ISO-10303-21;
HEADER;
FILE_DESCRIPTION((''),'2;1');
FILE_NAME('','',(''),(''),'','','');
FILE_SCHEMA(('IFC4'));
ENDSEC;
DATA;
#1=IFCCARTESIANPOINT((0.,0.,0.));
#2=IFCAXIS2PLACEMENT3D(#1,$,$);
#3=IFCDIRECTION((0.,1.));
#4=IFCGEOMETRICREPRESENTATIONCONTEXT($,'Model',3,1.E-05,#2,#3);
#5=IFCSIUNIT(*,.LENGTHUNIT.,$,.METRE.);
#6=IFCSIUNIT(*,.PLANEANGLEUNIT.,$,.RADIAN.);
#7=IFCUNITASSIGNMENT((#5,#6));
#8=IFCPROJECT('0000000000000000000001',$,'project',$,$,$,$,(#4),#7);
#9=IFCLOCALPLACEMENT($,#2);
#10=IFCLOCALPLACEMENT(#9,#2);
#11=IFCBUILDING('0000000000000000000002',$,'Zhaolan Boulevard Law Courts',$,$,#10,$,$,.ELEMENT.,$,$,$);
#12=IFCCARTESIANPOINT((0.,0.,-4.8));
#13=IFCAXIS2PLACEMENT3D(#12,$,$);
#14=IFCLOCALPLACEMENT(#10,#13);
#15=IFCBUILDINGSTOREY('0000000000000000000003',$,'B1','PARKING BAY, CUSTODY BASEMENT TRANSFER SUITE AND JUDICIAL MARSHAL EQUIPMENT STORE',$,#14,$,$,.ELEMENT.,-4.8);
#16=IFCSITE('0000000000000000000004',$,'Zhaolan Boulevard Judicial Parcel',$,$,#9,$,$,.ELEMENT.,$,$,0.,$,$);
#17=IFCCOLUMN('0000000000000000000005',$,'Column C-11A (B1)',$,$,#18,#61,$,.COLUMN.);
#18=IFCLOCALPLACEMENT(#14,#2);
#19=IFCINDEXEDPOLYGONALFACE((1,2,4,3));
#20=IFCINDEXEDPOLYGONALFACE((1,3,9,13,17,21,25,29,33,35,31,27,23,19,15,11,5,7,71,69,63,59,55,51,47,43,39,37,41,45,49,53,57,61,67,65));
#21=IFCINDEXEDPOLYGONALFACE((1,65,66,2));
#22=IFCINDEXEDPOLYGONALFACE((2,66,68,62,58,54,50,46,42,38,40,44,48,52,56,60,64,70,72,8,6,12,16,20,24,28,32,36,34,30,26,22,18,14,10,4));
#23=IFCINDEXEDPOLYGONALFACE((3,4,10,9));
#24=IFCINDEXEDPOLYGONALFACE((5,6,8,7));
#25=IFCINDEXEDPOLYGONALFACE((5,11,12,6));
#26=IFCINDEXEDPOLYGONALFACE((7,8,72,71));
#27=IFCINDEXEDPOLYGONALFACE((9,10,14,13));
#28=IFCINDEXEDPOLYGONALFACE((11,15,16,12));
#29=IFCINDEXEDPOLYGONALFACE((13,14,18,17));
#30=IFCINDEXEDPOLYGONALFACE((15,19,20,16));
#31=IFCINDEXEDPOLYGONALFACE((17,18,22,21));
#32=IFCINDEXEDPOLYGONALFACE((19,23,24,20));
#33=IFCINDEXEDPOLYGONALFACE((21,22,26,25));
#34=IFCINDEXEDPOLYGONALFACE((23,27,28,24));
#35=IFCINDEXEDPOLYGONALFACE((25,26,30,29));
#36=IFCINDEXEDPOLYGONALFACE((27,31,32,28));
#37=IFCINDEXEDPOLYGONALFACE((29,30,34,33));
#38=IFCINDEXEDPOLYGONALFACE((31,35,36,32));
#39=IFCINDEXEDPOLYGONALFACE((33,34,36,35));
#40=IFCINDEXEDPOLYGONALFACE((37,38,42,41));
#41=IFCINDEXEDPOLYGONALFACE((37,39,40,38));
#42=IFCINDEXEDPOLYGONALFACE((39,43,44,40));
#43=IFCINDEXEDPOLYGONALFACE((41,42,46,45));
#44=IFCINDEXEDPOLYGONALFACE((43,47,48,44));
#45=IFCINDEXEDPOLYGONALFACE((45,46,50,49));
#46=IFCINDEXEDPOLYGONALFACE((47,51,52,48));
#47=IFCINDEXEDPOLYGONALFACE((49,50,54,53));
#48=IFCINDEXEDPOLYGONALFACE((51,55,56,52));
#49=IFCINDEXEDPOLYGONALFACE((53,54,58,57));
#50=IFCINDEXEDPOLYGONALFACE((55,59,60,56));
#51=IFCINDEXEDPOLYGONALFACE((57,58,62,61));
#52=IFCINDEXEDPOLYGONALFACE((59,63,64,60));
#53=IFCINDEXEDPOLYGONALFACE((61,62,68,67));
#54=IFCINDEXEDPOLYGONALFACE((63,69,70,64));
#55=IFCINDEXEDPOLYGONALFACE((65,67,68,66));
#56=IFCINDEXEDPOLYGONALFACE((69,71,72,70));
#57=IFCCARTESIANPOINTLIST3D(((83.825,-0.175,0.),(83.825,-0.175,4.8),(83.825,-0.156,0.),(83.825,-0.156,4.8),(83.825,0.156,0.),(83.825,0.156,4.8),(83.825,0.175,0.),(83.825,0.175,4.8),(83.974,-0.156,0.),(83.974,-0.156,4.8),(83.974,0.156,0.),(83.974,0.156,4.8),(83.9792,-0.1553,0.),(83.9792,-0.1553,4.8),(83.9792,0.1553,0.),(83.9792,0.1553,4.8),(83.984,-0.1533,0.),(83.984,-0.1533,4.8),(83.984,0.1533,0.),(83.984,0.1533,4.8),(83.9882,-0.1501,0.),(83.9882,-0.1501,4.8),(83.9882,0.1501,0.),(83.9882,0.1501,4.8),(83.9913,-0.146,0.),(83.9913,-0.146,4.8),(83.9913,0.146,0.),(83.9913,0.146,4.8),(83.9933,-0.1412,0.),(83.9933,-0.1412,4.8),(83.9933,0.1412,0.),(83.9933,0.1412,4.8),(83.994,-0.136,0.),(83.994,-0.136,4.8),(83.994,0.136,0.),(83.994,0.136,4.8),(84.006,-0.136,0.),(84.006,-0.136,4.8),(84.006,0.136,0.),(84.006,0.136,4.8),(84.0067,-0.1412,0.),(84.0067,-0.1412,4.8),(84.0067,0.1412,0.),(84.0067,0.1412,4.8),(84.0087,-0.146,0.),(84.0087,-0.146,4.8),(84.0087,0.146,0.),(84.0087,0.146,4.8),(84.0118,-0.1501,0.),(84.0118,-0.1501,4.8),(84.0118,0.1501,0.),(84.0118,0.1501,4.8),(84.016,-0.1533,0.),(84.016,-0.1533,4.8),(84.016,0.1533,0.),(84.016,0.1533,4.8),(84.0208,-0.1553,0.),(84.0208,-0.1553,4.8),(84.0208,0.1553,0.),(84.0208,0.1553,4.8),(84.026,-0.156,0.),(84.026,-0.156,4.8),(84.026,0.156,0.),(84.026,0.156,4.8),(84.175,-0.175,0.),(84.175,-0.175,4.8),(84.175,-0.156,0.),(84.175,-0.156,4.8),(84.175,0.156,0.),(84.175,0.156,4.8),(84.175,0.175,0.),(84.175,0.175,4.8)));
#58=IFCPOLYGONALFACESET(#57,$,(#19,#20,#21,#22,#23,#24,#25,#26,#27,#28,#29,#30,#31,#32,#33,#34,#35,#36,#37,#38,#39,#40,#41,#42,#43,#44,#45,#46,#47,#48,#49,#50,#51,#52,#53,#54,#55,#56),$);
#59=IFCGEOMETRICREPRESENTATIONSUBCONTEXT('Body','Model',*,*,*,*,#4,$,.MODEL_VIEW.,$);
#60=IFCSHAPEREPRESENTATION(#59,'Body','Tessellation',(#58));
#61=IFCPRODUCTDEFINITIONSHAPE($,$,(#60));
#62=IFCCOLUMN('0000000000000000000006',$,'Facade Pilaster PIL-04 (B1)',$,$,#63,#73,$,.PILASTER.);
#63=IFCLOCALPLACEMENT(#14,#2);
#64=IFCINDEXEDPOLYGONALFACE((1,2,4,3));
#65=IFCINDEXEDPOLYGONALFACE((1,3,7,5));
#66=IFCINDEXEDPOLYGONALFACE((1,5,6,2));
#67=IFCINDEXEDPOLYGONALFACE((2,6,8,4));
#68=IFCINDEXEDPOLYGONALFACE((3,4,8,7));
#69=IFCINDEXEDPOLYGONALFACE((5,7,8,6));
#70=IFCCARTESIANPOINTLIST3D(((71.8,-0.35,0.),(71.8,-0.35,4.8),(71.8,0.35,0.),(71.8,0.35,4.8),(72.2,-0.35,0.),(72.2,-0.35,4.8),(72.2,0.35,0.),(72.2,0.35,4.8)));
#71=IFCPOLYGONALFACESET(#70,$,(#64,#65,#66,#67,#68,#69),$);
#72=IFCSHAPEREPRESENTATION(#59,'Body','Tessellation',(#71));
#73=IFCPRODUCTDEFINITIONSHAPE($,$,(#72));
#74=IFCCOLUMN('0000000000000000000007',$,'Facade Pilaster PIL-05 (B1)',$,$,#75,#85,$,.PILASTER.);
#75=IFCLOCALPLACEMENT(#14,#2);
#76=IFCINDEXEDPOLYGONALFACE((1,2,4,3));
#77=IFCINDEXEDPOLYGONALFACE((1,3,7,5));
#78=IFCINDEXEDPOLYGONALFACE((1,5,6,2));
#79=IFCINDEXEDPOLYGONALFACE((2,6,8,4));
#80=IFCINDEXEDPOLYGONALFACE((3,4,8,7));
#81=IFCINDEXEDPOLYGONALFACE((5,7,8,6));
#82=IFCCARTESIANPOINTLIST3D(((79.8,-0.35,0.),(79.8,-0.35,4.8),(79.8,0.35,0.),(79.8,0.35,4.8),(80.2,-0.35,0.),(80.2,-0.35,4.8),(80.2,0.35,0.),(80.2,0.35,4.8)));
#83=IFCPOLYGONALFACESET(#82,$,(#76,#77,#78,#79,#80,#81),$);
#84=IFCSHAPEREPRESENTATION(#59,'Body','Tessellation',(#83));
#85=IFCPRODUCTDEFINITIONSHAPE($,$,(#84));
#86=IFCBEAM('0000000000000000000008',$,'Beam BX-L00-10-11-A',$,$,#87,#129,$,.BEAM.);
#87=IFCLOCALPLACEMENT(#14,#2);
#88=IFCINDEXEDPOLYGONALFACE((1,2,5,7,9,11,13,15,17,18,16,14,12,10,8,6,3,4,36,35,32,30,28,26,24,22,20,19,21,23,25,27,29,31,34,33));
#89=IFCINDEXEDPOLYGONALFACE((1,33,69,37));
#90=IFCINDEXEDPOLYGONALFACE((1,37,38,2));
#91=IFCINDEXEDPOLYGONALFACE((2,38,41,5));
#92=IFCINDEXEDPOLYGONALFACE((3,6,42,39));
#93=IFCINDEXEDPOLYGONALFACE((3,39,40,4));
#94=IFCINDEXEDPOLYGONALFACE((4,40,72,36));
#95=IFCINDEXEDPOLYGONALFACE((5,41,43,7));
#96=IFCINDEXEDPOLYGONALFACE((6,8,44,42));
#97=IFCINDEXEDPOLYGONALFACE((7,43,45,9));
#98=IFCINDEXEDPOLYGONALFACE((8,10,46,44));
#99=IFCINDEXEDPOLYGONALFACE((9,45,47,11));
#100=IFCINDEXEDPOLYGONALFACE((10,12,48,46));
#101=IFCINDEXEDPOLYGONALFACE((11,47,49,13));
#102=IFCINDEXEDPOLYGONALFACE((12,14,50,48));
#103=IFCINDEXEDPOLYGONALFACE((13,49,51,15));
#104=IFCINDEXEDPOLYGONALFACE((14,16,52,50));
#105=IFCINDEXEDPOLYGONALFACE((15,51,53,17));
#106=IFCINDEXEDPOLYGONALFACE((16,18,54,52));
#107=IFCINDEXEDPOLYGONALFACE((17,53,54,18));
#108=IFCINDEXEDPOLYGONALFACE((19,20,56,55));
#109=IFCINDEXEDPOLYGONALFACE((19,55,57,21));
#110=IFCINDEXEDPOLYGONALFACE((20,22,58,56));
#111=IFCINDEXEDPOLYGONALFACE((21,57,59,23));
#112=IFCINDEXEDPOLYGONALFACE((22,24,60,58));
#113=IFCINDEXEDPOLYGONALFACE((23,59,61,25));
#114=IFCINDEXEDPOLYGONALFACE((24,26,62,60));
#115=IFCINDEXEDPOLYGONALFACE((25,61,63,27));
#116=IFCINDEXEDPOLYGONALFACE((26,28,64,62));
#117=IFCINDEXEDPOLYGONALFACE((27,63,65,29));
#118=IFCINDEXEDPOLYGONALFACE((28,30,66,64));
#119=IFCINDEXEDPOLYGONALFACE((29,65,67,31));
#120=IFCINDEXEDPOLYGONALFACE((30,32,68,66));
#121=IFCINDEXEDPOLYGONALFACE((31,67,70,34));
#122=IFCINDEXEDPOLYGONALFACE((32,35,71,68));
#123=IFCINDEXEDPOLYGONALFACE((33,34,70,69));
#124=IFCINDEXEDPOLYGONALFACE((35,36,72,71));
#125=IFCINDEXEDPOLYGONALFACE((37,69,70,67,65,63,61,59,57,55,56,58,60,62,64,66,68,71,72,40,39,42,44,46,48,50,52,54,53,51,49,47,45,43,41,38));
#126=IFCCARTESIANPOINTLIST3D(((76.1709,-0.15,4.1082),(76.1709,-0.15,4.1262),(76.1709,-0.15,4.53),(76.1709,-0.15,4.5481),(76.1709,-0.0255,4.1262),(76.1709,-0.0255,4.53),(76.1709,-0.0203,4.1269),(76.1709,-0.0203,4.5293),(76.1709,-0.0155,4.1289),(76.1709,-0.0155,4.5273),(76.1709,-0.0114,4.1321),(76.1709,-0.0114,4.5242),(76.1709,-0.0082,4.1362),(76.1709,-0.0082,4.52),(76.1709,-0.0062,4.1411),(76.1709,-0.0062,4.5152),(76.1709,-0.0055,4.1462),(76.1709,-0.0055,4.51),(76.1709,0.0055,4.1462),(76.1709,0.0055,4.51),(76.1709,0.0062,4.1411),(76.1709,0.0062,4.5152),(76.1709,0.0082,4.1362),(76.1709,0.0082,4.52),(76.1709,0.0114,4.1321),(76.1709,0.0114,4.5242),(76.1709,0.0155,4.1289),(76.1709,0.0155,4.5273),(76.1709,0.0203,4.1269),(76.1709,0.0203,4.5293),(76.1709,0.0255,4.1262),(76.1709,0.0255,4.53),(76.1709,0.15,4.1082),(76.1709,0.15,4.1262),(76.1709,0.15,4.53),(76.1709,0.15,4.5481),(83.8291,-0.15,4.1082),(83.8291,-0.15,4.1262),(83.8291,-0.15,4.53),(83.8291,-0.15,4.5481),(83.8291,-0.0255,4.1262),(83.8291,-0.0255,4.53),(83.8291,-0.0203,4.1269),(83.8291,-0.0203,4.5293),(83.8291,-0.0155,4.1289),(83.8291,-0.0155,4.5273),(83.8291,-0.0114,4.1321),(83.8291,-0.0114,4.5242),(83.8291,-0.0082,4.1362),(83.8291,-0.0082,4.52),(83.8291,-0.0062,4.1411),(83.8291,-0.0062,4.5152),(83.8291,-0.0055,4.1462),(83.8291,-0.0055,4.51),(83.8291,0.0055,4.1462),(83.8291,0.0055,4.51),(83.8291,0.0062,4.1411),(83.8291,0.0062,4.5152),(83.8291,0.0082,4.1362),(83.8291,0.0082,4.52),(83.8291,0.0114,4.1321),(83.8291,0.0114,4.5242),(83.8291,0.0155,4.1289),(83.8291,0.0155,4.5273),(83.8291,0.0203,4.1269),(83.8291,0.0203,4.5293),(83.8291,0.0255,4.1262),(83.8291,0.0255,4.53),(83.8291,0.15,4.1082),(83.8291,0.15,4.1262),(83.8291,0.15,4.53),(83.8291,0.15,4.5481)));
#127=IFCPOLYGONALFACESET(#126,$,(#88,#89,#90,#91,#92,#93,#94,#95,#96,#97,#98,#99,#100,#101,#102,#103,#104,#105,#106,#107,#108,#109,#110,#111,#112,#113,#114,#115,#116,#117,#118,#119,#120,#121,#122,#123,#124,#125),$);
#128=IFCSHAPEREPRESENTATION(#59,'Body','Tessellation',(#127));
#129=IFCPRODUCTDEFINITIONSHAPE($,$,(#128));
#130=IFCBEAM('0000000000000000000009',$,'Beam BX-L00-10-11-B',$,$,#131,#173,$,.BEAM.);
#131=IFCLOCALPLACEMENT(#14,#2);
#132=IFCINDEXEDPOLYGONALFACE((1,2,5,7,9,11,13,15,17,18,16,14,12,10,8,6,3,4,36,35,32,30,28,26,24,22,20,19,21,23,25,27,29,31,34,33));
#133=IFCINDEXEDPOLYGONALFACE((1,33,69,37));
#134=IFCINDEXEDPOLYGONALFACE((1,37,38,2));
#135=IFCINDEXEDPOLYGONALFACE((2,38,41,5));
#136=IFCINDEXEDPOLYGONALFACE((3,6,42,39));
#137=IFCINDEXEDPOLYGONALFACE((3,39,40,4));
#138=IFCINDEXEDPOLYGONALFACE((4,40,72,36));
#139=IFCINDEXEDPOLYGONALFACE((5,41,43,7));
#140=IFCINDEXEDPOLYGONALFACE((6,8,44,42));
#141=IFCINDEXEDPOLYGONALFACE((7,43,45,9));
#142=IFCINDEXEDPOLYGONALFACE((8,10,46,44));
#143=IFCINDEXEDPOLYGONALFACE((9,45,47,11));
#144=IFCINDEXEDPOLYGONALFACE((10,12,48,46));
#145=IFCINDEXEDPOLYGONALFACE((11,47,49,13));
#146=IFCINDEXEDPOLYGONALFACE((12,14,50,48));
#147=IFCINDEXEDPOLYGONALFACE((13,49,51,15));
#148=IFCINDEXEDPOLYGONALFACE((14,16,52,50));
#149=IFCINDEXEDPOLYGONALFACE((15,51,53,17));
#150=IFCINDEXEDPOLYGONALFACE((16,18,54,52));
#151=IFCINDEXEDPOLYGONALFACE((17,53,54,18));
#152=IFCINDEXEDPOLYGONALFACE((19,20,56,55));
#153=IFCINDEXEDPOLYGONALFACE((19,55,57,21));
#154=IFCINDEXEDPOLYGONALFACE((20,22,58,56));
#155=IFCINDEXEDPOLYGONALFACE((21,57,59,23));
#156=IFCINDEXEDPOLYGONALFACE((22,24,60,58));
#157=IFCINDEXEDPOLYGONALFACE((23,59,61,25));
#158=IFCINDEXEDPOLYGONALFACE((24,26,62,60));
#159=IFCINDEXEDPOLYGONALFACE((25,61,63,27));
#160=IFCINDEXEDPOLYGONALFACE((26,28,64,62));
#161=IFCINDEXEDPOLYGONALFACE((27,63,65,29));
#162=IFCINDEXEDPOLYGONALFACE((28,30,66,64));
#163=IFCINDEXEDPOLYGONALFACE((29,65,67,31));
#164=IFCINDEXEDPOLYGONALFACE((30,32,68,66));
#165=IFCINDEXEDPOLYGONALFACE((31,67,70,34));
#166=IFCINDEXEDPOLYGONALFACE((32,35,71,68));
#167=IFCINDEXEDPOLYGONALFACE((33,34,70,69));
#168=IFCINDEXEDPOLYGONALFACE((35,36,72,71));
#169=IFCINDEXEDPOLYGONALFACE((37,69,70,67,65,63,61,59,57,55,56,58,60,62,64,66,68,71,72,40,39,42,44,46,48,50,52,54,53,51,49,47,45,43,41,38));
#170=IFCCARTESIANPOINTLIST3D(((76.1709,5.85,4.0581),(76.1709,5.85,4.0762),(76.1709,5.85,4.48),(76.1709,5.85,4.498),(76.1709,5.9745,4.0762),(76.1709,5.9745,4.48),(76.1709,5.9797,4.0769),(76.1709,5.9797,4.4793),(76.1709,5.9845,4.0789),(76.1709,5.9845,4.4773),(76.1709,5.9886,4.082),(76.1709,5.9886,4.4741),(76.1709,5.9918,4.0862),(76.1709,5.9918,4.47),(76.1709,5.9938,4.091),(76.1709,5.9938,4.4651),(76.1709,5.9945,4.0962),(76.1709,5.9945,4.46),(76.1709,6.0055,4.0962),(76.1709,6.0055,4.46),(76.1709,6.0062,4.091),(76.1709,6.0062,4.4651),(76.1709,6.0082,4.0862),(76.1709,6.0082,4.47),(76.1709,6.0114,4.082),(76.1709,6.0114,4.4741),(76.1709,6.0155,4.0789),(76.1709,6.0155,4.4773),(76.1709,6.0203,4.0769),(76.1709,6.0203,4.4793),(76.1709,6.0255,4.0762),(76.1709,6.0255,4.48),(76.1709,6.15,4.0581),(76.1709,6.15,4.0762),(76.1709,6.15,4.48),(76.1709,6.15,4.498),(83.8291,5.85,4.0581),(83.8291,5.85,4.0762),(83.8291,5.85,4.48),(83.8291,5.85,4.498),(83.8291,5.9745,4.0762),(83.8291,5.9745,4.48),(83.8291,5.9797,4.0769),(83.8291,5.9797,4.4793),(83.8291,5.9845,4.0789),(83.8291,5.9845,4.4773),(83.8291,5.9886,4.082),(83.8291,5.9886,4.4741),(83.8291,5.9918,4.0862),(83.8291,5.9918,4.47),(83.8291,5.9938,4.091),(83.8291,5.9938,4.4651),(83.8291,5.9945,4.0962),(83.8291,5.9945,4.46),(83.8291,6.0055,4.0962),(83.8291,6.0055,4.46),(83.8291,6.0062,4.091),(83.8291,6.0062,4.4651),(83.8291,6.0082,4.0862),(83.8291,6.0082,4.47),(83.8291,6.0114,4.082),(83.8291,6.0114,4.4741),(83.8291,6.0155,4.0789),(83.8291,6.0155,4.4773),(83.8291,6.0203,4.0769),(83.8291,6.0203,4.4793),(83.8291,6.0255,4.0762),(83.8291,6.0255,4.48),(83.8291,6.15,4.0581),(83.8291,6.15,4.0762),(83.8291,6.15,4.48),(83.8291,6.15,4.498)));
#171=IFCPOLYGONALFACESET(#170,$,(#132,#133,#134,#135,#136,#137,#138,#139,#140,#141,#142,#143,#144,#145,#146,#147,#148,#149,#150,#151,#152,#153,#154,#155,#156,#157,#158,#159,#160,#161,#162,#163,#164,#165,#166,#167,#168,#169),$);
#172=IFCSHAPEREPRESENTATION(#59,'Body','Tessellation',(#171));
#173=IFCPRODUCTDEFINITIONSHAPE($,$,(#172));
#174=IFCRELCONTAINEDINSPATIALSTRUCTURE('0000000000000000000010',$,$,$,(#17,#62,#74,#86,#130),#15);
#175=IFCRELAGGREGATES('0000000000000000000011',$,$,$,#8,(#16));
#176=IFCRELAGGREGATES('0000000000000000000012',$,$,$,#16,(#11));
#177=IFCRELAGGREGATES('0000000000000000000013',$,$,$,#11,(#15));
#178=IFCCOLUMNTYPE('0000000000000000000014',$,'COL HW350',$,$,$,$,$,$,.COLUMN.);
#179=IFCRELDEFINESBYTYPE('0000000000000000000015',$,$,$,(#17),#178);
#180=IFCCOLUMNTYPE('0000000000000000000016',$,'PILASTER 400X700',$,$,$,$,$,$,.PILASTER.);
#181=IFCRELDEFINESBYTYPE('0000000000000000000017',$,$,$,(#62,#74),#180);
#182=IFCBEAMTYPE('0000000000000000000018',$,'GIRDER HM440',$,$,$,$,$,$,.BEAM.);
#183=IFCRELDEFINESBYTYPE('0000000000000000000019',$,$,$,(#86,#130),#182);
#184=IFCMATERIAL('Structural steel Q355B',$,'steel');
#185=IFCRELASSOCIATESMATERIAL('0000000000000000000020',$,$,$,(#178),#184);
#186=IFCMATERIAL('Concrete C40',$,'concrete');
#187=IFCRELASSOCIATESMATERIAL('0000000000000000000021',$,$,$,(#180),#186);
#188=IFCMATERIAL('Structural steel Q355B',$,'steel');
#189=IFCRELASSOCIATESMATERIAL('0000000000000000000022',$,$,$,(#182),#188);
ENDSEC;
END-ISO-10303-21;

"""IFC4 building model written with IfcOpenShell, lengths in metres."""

from ifc_helpers import new_model, si_unit, direction, frame, origin, origin_2d, place, context, subcontext, project, spatial, rectangle, i_section, extrude, material, material_profile, profile_set, type_object, element, save


model = new_model("IFC4")

# Units and contexts
model_context = context("Model", 3, precision=1e-05, world=origin(), true_north=direction((0.0, 1.0)))
body_context = subcontext(model_context, "Body", "Model", "MODEL_VIEW")
ifc_project = project(units=[si_unit("LENGTHUNIT", "METRE"), si_unit("PLANEANGLEUNIT", "RADIAN")], contexts=[model_context])

# Site, building, storey
site_placement = place(None, origin())
site = spatial("IfcSite", under=ifc_project, at=site_placement, Name="Zhaolan Boulevard Judicial Parcel", CompositionType="ELEMENT", RefElevation=0.0)
building_placement = place(site_placement, origin())
building = spatial("IfcBuilding", under=site, at=building_placement, Name="Zhaolan Boulevard Law Courts", CompositionType="ELEMENT")
storey_placement = place(building_placement, frame((0.0, 0.0, -4.8)))
storey = spatial("IfcBuildingStorey", under=building, at=storey_placement, Name="B1", Description="PARKING BAY, CUSTODY BASEMENT TRANSFER SUITE AND JUDICIAL MARSHAL EQUIPMENT STORE", CompositionType="ELEMENT", Elevation=-4.8)

# Columns
ifc_material_1 = material(Name="Structural steel Q355B", Category="steel")
ifc_material_profile_1 = material_profile(ifc_material_1, i_section(OverallWidth=0.3501, OverallDepth=0.3501, WebThickness=0.012, FlangeThickness=0.019, FilletRadius=0.02, at=origin_2d()), Name="HW350x350")
ifc_profile_set_1 = profile_set([ifc_material_profile_1], Name="Structural steel Q355B")
column_type_1 = type_object("IfcColumnType", Name="COL HW350", PredefinedType="COLUMN", material=ifc_profile_set_1)
for number, where, z_axis, x_axis, name in (
    (1, (84.0, 0.0, 0.0), (0.0, 0.0, 1.0), (1.0, 0.0, 0.0), "Column C-11A (B1)"),
):
    element("IfcColumn", number, at=place(storey_placement, frame(where, z_axis=z_axis, x_axis=x_axis)), inside=storey, type_object=column_type_1, Name=name, PredefinedType="COLUMN", context=body_context, shape_type="SweptSolid", body=[
        extrude(i_section(OverallWidth=0.3501, OverallDepth=0.3501, WebThickness=0.012, FlangeThickness=0.019, FilletRadius=0.02, at=origin_2d()), origin(), (0.0, 0.0, 1.0), 4.8),
    ])
ifc_material_2 = material(Name="Concrete C40", Category="concrete")
ifc_material_profile_2 = material_profile(ifc_material_2, rectangle(XDim=0.3999, YDim=0.7, at=origin_2d()), Name="RC400x700")
ifc_profile_set_2 = profile_set([ifc_material_profile_2], Name="Concrete C40")
column_type_2 = type_object("IfcColumnType", Name="PILASTER 400X700", PredefinedType="PILASTER", material=ifc_profile_set_2)
for number, where, z_axis, x_axis, name in (
    (2, (72.0, 0.0, 0.0), (0.0, 0.0, 1.0), (1.0, 0.0, 0.0), "Facade Pilaster PIL-04 (B1)"),
    (3, (80.0, 0.0, 0.0), (0.0, 0.0, 1.0), (1.0, 0.0, 0.0), "Facade Pilaster PIL-05 (B1)"),
):
    element("IfcColumn", number, at=place(storey_placement, frame(where, z_axis=z_axis, x_axis=x_axis)), inside=storey, type_object=column_type_2, Name=name, PredefinedType="PILASTER", context=body_context, shape_type="SweptSolid", body=[
        extrude(rectangle(XDim=0.3999, YDim=0.7, at=origin_2d()), origin(), (0.0, 0.0, 1.0), 4.8),
    ])

# Beams
ifc_material_3 = material(Name="Structural steel Q355B", Category="steel")
ifc_material_profile_3 = material_profile(ifc_material_3, i_section(OverallWidth=0.3, OverallDepth=0.4399, WebThickness=0.011, FlangeThickness=0.0181, FilletRadius=0.02, at=origin_2d()), Name="HM440x300")
ifc_profile_set_3 = profile_set([ifc_material_profile_3], Name="Structural steel Q355B")
beam_type_1 = type_object("IfcBeamType", Name="GIRDER HM440", PredefinedType="BEAM", material=ifc_profile_set_3)
for number, where, z_axis, x_axis, name in (
    (4, (76.1709, 0.0, 4.3281), (1.0, 0.0, 0.0), (0.0, 1.0, 0.0), "Beam BX-L00-10-11-A"),
    (5, (76.1709, 6.0, 4.2781), (1.0, 0.0, 0.0), (0.0, 1.0, 0.0), "Beam BX-L00-10-11-B"),
):
    element("IfcBeam", number, at=place(storey_placement, frame(where, z_axis=z_axis, x_axis=x_axis)), inside=storey, type_object=beam_type_1, Name=name, PredefinedType="BEAM", context=body_context, shape_type="SweptSolid", body=[
        extrude(i_section(OverallWidth=0.3, OverallDepth=0.4399, WebThickness=0.011, FlangeThickness=0.0181, FilletRadius=0.02, at=origin_2d()), origin(), (0.0, 0.0, 1.0), 7.6582),
    ])

save(model, "model.ifc")
